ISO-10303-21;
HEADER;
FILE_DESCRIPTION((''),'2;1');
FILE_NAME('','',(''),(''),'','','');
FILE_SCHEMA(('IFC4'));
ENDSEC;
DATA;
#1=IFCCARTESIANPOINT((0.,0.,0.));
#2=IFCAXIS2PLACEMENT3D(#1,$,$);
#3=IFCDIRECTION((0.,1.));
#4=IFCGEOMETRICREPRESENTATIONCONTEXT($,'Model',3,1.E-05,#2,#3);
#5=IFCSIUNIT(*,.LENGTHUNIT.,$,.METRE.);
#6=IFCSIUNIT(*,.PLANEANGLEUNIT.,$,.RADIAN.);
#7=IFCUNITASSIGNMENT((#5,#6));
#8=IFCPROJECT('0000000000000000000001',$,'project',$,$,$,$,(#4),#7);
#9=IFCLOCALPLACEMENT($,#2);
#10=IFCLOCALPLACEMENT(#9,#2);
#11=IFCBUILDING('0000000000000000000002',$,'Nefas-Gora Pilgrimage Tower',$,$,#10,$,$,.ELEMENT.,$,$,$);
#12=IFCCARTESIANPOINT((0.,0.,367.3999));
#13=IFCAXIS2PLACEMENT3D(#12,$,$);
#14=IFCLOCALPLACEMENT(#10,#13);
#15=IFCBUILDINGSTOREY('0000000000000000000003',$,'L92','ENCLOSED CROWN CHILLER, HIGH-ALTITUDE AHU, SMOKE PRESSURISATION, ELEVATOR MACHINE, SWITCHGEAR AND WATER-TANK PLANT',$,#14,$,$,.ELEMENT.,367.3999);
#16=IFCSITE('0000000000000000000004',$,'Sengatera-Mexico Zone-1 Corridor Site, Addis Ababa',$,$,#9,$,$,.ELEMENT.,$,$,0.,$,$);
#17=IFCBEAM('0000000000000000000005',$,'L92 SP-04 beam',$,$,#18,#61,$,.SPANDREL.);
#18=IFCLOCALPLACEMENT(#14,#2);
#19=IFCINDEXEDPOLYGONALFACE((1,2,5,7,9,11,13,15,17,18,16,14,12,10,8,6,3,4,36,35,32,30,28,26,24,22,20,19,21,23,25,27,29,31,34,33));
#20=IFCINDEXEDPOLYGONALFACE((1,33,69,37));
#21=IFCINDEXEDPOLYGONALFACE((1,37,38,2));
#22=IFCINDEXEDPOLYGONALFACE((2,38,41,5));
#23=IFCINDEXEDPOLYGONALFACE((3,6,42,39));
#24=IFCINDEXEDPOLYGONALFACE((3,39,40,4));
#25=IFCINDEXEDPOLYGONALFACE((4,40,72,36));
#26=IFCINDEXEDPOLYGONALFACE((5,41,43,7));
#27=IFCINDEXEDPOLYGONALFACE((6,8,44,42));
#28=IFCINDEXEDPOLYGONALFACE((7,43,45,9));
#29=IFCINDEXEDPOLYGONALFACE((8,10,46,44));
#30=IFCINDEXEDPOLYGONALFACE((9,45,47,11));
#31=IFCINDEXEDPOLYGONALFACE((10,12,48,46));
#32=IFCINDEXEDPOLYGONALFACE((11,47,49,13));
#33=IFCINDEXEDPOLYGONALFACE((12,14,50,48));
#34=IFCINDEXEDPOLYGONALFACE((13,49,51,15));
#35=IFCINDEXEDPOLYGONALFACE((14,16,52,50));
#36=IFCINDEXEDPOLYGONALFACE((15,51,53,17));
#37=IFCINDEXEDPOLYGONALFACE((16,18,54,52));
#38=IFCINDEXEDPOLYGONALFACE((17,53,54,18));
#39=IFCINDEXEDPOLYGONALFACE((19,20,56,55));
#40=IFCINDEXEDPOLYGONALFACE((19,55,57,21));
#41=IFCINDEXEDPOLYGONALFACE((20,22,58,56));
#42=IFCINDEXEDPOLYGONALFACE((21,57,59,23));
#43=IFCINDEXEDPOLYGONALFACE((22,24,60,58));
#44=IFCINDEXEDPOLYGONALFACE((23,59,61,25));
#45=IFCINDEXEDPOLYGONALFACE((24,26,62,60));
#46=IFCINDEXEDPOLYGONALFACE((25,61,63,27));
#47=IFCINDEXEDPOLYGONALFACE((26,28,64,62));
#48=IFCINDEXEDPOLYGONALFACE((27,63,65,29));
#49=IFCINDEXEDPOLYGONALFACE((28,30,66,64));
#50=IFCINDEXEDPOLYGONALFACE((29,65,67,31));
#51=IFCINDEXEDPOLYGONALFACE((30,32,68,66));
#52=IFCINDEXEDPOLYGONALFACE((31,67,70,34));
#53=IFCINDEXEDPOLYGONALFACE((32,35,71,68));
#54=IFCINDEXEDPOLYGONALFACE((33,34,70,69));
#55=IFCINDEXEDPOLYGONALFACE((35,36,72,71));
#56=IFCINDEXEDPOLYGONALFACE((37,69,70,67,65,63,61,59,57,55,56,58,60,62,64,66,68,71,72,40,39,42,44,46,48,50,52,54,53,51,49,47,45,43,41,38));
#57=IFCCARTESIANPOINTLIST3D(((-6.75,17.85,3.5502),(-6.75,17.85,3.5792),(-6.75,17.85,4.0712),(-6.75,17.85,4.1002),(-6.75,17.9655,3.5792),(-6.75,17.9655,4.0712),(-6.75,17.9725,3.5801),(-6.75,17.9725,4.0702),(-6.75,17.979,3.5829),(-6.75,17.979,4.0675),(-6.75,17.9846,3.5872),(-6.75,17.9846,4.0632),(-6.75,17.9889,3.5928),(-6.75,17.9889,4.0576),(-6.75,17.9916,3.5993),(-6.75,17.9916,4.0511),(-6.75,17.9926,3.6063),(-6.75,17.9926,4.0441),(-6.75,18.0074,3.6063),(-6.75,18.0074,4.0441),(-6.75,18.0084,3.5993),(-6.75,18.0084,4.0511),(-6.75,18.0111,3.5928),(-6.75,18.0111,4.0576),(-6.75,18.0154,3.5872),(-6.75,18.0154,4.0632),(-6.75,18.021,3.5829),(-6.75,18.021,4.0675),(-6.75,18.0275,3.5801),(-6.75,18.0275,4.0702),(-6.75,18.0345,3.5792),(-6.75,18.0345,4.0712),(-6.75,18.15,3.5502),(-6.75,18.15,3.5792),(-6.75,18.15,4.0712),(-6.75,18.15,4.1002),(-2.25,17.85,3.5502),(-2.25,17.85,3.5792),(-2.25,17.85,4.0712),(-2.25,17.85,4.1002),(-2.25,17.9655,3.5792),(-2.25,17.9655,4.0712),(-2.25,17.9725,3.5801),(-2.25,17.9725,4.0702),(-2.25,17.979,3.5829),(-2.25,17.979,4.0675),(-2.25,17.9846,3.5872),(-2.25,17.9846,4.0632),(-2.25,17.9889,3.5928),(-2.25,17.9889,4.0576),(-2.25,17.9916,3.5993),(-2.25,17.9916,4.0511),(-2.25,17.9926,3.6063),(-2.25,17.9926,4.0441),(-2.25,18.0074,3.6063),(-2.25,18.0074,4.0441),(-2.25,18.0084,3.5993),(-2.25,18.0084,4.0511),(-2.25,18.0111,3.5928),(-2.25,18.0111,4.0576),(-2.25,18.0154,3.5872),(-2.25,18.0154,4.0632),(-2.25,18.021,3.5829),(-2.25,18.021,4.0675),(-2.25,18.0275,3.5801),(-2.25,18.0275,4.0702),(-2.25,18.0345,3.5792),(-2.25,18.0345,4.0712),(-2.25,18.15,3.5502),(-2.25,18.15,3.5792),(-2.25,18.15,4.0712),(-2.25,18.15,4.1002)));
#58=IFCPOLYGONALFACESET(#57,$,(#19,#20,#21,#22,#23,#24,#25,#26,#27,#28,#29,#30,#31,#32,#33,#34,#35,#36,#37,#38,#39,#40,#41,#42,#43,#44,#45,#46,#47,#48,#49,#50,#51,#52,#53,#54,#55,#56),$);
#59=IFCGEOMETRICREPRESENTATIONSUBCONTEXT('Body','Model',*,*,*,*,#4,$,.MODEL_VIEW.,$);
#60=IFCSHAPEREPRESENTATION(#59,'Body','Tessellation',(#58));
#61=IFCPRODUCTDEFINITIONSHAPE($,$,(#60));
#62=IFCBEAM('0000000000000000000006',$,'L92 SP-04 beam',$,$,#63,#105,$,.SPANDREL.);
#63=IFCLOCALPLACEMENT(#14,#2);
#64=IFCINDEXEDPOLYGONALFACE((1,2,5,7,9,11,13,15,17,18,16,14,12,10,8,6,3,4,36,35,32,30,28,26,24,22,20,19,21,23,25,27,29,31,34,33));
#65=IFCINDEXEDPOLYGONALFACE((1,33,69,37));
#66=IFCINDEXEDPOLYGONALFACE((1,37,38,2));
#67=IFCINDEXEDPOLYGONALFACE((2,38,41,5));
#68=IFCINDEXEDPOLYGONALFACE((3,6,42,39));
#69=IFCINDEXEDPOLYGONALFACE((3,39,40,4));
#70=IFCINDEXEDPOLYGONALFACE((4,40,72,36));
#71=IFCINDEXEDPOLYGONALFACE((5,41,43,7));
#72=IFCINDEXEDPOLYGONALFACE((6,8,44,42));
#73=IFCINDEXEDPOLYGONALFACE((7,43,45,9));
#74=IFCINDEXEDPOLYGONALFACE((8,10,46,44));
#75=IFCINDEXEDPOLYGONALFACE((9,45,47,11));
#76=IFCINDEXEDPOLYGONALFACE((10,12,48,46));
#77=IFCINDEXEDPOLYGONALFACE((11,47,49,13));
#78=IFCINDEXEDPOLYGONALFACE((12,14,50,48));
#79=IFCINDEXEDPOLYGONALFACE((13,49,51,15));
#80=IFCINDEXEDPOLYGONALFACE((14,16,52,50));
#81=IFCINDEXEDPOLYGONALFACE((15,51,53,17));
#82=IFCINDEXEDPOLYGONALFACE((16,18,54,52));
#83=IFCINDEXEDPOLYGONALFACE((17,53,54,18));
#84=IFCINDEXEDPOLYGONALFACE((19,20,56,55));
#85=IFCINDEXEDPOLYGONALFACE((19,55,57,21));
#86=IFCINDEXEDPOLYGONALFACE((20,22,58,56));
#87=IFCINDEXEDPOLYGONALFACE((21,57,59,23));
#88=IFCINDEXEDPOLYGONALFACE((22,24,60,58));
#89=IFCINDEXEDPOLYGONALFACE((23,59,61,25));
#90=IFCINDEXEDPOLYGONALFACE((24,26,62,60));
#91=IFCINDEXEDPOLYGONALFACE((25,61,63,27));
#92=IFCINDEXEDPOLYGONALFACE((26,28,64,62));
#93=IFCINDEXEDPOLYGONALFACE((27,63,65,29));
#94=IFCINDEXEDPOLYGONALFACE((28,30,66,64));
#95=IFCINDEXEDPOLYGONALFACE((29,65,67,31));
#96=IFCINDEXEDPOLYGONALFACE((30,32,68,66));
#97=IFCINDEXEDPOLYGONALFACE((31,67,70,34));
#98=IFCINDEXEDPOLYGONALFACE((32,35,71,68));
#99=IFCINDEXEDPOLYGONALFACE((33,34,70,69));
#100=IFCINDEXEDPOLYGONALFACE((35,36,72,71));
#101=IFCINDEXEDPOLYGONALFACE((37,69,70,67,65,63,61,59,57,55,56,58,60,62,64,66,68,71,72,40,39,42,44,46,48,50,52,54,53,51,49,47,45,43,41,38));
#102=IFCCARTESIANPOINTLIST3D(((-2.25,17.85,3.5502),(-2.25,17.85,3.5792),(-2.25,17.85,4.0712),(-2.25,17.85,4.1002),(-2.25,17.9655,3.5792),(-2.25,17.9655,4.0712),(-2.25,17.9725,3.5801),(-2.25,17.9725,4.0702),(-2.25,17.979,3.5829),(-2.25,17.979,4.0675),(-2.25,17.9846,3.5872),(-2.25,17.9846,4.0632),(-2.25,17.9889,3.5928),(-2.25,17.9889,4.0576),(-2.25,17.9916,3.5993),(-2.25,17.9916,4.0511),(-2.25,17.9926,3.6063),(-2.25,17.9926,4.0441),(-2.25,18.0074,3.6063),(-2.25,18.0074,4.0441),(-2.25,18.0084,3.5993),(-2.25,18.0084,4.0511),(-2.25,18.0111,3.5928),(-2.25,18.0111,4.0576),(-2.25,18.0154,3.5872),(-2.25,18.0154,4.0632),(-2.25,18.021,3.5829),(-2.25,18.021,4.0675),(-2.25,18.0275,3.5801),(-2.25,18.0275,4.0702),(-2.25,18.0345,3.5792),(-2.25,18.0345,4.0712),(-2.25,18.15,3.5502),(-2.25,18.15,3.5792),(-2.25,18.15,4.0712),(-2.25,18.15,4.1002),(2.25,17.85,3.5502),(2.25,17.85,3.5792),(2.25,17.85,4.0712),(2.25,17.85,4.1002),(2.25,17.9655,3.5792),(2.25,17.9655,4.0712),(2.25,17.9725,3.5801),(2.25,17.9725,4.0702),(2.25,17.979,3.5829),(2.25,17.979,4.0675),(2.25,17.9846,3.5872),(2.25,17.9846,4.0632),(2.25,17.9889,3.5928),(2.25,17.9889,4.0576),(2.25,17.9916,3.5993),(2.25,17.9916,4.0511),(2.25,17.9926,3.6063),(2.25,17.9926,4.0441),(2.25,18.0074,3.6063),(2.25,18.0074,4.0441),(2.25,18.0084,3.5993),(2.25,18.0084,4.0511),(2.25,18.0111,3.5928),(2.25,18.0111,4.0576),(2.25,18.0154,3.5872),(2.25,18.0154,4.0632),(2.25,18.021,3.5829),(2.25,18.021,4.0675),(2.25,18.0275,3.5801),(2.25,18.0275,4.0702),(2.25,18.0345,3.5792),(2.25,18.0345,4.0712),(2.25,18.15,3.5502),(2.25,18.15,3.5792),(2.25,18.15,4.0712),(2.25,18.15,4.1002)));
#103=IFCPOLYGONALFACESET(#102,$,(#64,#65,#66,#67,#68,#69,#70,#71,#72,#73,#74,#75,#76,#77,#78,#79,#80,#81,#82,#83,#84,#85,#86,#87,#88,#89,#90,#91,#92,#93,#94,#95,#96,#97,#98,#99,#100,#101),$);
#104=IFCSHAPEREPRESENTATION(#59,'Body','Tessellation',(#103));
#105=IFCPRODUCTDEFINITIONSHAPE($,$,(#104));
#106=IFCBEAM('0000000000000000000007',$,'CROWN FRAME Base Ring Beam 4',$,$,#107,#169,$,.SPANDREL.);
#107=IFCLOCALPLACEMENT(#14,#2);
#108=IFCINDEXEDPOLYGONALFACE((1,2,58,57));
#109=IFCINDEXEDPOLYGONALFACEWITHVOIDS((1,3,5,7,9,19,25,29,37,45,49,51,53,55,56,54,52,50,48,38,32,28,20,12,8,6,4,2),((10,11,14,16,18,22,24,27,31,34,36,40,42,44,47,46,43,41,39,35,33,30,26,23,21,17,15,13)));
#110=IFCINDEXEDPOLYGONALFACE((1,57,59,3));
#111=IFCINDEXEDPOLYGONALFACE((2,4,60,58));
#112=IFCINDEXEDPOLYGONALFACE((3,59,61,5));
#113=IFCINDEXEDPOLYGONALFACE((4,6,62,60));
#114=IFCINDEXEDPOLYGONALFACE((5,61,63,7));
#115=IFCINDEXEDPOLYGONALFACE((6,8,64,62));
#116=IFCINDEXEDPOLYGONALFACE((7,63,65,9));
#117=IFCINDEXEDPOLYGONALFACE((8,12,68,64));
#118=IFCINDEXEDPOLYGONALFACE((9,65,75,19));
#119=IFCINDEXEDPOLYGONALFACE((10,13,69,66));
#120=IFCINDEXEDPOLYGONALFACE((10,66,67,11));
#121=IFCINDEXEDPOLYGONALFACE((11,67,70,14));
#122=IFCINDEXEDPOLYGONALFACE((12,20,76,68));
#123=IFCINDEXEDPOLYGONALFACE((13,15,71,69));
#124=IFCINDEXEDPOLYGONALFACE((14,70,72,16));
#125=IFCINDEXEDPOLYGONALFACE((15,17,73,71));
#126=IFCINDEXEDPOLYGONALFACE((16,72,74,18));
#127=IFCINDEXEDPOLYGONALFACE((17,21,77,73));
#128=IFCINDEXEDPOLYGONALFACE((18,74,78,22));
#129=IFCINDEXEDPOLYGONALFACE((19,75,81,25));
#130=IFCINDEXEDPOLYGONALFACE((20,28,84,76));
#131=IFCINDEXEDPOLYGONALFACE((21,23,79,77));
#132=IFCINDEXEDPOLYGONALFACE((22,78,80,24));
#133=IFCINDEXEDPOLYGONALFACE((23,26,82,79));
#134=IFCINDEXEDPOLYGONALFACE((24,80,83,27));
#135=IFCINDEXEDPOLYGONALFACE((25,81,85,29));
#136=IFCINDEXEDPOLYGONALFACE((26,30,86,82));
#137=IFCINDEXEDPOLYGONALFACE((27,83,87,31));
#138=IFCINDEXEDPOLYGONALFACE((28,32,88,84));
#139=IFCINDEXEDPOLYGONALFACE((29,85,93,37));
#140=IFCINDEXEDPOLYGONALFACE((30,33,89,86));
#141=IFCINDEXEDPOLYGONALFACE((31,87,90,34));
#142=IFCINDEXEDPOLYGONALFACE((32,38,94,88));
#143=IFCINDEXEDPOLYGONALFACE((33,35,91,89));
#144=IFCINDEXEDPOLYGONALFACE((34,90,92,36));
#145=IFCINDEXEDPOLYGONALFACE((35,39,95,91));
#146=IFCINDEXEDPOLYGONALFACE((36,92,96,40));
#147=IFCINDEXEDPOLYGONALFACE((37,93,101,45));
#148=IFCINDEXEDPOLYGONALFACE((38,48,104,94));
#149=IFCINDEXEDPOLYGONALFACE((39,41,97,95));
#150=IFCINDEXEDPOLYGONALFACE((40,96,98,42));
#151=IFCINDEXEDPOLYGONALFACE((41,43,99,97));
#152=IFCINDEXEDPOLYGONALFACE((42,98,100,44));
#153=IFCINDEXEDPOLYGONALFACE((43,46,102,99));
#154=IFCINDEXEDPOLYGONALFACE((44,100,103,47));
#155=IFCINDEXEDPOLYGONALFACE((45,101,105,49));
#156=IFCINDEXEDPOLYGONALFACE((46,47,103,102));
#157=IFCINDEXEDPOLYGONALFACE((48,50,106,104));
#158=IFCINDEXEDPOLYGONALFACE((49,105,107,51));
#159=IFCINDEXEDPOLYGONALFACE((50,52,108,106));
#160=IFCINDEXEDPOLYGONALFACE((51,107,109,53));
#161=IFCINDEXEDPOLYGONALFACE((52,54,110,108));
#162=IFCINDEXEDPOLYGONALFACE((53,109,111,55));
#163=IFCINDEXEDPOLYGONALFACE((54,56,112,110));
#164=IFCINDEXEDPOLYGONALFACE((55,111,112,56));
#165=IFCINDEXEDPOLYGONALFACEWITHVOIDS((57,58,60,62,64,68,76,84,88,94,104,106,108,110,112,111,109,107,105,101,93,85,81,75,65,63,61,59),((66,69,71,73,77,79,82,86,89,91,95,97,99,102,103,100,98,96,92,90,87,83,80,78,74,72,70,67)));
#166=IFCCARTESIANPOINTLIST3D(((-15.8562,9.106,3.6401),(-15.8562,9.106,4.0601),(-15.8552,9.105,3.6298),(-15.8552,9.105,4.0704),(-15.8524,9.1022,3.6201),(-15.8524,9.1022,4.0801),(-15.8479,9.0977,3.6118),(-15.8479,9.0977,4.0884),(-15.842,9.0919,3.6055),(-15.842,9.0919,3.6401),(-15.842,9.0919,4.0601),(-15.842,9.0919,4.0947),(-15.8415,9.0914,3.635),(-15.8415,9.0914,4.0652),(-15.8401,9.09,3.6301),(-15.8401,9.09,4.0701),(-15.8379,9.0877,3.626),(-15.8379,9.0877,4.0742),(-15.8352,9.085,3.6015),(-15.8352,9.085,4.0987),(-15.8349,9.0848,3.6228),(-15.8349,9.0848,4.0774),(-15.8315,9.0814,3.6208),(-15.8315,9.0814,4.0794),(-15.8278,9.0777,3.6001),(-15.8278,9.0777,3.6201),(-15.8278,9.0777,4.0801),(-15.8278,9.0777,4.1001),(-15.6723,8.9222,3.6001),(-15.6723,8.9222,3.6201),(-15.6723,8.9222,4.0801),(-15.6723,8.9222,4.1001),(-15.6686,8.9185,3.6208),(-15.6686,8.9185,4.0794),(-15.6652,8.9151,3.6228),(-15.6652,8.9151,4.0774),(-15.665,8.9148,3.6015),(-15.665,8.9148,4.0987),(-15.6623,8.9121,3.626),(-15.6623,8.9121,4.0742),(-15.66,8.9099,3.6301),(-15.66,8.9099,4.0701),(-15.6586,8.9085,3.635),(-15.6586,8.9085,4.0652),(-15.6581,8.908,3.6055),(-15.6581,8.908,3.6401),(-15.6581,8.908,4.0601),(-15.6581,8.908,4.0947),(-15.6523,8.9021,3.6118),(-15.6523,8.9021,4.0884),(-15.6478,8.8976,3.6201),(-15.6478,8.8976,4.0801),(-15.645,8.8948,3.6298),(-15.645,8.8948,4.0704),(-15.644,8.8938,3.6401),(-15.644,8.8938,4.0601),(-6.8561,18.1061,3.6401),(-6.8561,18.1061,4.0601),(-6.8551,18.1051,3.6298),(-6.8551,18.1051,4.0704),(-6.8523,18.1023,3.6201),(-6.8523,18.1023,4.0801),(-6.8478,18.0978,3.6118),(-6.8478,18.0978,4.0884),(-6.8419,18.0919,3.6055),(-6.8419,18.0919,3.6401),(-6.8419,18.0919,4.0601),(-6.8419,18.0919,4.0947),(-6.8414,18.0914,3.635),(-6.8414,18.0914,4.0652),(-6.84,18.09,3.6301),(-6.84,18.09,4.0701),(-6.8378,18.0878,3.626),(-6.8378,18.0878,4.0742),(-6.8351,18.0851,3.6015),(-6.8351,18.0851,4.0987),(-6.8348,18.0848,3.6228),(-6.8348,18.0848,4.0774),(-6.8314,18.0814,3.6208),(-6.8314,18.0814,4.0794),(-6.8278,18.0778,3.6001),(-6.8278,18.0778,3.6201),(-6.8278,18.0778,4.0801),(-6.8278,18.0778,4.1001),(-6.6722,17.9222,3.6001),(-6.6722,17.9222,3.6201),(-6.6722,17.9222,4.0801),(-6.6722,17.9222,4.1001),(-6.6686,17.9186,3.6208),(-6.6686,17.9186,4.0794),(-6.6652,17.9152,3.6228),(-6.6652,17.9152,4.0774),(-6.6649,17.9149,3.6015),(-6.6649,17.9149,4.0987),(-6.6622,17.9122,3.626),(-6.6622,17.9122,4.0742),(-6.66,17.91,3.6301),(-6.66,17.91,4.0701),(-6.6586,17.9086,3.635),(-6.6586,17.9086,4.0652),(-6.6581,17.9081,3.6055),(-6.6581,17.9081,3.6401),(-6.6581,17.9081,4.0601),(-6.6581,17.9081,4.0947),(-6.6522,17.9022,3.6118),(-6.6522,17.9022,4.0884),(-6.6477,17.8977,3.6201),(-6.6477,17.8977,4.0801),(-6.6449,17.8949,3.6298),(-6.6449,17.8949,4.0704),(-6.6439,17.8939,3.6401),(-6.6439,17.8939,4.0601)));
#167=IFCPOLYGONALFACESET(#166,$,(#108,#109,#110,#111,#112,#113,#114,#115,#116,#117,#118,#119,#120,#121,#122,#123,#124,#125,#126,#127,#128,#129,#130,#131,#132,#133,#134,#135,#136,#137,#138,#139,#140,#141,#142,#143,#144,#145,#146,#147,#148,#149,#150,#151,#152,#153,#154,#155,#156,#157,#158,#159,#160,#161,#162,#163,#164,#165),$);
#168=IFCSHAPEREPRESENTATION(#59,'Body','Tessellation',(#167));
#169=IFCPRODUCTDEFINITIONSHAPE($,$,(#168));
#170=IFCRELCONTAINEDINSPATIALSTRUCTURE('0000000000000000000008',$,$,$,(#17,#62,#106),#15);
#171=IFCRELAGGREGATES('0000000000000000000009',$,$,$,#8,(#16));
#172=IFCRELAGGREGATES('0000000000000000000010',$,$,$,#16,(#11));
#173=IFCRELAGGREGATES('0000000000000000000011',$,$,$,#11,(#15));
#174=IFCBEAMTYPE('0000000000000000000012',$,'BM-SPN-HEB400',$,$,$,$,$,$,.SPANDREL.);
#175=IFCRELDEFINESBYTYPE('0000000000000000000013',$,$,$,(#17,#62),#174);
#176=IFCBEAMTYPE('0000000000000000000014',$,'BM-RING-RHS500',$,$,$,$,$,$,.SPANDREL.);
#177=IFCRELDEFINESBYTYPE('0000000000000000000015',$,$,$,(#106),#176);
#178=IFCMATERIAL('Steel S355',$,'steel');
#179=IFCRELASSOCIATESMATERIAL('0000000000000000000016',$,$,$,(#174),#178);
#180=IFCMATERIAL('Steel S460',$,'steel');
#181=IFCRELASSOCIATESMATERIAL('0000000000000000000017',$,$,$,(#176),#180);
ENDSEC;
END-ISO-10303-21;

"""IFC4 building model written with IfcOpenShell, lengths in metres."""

from ifc_helpers import new_model, si_unit, direction, frame, origin, origin_2d, place, context, subcontext, project, spatial, hollow_rectangle, i_section, extrude, source, transform, mapped, material, material_profile, profile_set, type_object, element, save


model = new_model("IFC4")

# Units and contexts
model_context = context("Model", 3, precision=1e-05, world=origin(), true_north=direction((0.0, 1.0)))
body_context = subcontext(model_context, "Body", "Model", "MODEL_VIEW")
ifc_project = project(units=[si_unit("LENGTHUNIT", "METRE"), si_unit("PLANEANGLEUNIT", "RADIAN")], contexts=[model_context])

# Site, building, storey
site_placement = place(None, origin())
site = spatial("IfcSite", under=ifc_project, at=site_placement, Name="Sengatera-Mexico Zone-1 Corridor Site, Addis Ababa", CompositionType="ELEMENT", RefElevation=0.0)
building_placement = place(site_placement, origin())
building = spatial("IfcBuilding", under=site, at=building_placement, Name="Nefas-Gora Pilgrimage Tower", CompositionType="ELEMENT")
storey_placement = place(building_placement, frame((0.0, 0.0, 367.3999)))
storey = spatial("IfcBuildingStorey", under=building, at=storey_placement, Name="L92", Description="ENCLOSED CROWN CHILLER, HIGH-ALTITUDE AHU, SMOKE PRESSURISATION, ELEVATOR MACHINE, SWITCHGEAR AND WATER-TANK PLANT", CompositionType="ELEMENT", Elevation=367.3999)

# Shared definitions
ifc_material_1 = material(Name="Steel S355", Category="steel")

# Beams
ifc_material_profile_1 = material_profile(ifc_material_1, i_section(OverallWidth=0.3, OverallDepth=0.55, WebThickness=0.0149, FlangeThickness=0.0291, FilletRadius=0.0271, at=origin_2d()), Name="HEB 550")
ifc_profile_set_1 = profile_set([ifc_material_profile_1], Name="Steel S355")
beam_type_1 = type_object("IfcBeamType", Name="BM-SPN-HEB400", PredefinedType="SPANDREL", material=ifc_profile_set_1)
shared_shape_1 = source(origin(), body_context, "Body", "SweptSolid", [
    extrude(i_section(OverallWidth=0.3, OverallDepth=0.55, WebThickness=0.0149, FlangeThickness=0.0291, FilletRadius=0.0271, at=origin_2d()), origin(), (0.0, 0.0, 1.0), 4.5),
])
for number, where, z_axis, x_axis, name in (
    (1, (-6.75, 18.0, 3.8252), (1.0, 0.0, 0.0), (0.0, 1.0, 0.0), "L92 SP-04 beam"),
    (2, (-2.25, 18.0, 3.8252), (1.0, 0.0, 0.0), (0.0, 1.0, 0.0), "L92 SP-04 beam"),
):
    element("IfcBeam", number, at=place(storey_placement, frame(where, z_axis=z_axis, x_axis=x_axis)), inside=storey, type_object=beam_type_1, Name=name, PredefinedType="SPANDREL", context=body_context, shape_type="MappedRepresentation", body=[
        mapped(shared_shape_1, transform((0.0, 0.0, 0.0), x_axis=(1.0, 0.0, 0.0), y_axis=(0.0, 1.0, 0.0), z_axis=(0.0, 0.0, 1.0), scale=1.0)),
    ])
ifc_material_2 = material(Name="Steel S460", Category="steel")
ifc_material_profile_2 = material_profile(ifc_material_2, hollow_rectangle(XDim=0.3, YDim=0.5, WallThickness=0.02, InnerFilletRadius=0.02, OuterFilletRadius=0.04, at=origin_2d()), Name="RHS 500x300x20")
ifc_profile_set_2 = profile_set([ifc_material_profile_2], Name="Steel S460")
beam_type_2 = type_object("IfcBeamType", Name="BM-RING-RHS500", PredefinedType="SPANDREL", material=ifc_profile_set_2)
shared_shape_2 = source(origin(), body_context, "Body", "SweptSolid", [
    extrude(hollow_rectangle(XDim=0.3, YDim=0.5, WallThickness=0.02, InnerFilletRadius=0.02, OuterFilletRadius=0.04, at=origin_2d()), origin(), (0.0, 0.0, 1.0), 12.728),
])
beam_1_placement = place(storey_placement, frame((-6.75, 18.0, 3.8501), z_axis=(-0.707107, -0.707107, 0.0), x_axis=(0.707107, -0.707107, 0.0)))
element("IfcBeam", 3, at=beam_1_placement, inside=storey, type_object=beam_type_2, Name="CROWN FRAME Base Ring Beam 4", PredefinedType="SPANDREL", context=body_context, shape_type="MappedRepresentation", body=[
    mapped(shared_shape_2, transform((0.0, 0.0, 0.0), x_axis=(1.0, 0.0, 0.0), y_axis=(0.0, 1.0, 0.0), z_axis=(0.0, 0.0, 1.0), scale=1.0)),
])

save(model, "model.ifc")
